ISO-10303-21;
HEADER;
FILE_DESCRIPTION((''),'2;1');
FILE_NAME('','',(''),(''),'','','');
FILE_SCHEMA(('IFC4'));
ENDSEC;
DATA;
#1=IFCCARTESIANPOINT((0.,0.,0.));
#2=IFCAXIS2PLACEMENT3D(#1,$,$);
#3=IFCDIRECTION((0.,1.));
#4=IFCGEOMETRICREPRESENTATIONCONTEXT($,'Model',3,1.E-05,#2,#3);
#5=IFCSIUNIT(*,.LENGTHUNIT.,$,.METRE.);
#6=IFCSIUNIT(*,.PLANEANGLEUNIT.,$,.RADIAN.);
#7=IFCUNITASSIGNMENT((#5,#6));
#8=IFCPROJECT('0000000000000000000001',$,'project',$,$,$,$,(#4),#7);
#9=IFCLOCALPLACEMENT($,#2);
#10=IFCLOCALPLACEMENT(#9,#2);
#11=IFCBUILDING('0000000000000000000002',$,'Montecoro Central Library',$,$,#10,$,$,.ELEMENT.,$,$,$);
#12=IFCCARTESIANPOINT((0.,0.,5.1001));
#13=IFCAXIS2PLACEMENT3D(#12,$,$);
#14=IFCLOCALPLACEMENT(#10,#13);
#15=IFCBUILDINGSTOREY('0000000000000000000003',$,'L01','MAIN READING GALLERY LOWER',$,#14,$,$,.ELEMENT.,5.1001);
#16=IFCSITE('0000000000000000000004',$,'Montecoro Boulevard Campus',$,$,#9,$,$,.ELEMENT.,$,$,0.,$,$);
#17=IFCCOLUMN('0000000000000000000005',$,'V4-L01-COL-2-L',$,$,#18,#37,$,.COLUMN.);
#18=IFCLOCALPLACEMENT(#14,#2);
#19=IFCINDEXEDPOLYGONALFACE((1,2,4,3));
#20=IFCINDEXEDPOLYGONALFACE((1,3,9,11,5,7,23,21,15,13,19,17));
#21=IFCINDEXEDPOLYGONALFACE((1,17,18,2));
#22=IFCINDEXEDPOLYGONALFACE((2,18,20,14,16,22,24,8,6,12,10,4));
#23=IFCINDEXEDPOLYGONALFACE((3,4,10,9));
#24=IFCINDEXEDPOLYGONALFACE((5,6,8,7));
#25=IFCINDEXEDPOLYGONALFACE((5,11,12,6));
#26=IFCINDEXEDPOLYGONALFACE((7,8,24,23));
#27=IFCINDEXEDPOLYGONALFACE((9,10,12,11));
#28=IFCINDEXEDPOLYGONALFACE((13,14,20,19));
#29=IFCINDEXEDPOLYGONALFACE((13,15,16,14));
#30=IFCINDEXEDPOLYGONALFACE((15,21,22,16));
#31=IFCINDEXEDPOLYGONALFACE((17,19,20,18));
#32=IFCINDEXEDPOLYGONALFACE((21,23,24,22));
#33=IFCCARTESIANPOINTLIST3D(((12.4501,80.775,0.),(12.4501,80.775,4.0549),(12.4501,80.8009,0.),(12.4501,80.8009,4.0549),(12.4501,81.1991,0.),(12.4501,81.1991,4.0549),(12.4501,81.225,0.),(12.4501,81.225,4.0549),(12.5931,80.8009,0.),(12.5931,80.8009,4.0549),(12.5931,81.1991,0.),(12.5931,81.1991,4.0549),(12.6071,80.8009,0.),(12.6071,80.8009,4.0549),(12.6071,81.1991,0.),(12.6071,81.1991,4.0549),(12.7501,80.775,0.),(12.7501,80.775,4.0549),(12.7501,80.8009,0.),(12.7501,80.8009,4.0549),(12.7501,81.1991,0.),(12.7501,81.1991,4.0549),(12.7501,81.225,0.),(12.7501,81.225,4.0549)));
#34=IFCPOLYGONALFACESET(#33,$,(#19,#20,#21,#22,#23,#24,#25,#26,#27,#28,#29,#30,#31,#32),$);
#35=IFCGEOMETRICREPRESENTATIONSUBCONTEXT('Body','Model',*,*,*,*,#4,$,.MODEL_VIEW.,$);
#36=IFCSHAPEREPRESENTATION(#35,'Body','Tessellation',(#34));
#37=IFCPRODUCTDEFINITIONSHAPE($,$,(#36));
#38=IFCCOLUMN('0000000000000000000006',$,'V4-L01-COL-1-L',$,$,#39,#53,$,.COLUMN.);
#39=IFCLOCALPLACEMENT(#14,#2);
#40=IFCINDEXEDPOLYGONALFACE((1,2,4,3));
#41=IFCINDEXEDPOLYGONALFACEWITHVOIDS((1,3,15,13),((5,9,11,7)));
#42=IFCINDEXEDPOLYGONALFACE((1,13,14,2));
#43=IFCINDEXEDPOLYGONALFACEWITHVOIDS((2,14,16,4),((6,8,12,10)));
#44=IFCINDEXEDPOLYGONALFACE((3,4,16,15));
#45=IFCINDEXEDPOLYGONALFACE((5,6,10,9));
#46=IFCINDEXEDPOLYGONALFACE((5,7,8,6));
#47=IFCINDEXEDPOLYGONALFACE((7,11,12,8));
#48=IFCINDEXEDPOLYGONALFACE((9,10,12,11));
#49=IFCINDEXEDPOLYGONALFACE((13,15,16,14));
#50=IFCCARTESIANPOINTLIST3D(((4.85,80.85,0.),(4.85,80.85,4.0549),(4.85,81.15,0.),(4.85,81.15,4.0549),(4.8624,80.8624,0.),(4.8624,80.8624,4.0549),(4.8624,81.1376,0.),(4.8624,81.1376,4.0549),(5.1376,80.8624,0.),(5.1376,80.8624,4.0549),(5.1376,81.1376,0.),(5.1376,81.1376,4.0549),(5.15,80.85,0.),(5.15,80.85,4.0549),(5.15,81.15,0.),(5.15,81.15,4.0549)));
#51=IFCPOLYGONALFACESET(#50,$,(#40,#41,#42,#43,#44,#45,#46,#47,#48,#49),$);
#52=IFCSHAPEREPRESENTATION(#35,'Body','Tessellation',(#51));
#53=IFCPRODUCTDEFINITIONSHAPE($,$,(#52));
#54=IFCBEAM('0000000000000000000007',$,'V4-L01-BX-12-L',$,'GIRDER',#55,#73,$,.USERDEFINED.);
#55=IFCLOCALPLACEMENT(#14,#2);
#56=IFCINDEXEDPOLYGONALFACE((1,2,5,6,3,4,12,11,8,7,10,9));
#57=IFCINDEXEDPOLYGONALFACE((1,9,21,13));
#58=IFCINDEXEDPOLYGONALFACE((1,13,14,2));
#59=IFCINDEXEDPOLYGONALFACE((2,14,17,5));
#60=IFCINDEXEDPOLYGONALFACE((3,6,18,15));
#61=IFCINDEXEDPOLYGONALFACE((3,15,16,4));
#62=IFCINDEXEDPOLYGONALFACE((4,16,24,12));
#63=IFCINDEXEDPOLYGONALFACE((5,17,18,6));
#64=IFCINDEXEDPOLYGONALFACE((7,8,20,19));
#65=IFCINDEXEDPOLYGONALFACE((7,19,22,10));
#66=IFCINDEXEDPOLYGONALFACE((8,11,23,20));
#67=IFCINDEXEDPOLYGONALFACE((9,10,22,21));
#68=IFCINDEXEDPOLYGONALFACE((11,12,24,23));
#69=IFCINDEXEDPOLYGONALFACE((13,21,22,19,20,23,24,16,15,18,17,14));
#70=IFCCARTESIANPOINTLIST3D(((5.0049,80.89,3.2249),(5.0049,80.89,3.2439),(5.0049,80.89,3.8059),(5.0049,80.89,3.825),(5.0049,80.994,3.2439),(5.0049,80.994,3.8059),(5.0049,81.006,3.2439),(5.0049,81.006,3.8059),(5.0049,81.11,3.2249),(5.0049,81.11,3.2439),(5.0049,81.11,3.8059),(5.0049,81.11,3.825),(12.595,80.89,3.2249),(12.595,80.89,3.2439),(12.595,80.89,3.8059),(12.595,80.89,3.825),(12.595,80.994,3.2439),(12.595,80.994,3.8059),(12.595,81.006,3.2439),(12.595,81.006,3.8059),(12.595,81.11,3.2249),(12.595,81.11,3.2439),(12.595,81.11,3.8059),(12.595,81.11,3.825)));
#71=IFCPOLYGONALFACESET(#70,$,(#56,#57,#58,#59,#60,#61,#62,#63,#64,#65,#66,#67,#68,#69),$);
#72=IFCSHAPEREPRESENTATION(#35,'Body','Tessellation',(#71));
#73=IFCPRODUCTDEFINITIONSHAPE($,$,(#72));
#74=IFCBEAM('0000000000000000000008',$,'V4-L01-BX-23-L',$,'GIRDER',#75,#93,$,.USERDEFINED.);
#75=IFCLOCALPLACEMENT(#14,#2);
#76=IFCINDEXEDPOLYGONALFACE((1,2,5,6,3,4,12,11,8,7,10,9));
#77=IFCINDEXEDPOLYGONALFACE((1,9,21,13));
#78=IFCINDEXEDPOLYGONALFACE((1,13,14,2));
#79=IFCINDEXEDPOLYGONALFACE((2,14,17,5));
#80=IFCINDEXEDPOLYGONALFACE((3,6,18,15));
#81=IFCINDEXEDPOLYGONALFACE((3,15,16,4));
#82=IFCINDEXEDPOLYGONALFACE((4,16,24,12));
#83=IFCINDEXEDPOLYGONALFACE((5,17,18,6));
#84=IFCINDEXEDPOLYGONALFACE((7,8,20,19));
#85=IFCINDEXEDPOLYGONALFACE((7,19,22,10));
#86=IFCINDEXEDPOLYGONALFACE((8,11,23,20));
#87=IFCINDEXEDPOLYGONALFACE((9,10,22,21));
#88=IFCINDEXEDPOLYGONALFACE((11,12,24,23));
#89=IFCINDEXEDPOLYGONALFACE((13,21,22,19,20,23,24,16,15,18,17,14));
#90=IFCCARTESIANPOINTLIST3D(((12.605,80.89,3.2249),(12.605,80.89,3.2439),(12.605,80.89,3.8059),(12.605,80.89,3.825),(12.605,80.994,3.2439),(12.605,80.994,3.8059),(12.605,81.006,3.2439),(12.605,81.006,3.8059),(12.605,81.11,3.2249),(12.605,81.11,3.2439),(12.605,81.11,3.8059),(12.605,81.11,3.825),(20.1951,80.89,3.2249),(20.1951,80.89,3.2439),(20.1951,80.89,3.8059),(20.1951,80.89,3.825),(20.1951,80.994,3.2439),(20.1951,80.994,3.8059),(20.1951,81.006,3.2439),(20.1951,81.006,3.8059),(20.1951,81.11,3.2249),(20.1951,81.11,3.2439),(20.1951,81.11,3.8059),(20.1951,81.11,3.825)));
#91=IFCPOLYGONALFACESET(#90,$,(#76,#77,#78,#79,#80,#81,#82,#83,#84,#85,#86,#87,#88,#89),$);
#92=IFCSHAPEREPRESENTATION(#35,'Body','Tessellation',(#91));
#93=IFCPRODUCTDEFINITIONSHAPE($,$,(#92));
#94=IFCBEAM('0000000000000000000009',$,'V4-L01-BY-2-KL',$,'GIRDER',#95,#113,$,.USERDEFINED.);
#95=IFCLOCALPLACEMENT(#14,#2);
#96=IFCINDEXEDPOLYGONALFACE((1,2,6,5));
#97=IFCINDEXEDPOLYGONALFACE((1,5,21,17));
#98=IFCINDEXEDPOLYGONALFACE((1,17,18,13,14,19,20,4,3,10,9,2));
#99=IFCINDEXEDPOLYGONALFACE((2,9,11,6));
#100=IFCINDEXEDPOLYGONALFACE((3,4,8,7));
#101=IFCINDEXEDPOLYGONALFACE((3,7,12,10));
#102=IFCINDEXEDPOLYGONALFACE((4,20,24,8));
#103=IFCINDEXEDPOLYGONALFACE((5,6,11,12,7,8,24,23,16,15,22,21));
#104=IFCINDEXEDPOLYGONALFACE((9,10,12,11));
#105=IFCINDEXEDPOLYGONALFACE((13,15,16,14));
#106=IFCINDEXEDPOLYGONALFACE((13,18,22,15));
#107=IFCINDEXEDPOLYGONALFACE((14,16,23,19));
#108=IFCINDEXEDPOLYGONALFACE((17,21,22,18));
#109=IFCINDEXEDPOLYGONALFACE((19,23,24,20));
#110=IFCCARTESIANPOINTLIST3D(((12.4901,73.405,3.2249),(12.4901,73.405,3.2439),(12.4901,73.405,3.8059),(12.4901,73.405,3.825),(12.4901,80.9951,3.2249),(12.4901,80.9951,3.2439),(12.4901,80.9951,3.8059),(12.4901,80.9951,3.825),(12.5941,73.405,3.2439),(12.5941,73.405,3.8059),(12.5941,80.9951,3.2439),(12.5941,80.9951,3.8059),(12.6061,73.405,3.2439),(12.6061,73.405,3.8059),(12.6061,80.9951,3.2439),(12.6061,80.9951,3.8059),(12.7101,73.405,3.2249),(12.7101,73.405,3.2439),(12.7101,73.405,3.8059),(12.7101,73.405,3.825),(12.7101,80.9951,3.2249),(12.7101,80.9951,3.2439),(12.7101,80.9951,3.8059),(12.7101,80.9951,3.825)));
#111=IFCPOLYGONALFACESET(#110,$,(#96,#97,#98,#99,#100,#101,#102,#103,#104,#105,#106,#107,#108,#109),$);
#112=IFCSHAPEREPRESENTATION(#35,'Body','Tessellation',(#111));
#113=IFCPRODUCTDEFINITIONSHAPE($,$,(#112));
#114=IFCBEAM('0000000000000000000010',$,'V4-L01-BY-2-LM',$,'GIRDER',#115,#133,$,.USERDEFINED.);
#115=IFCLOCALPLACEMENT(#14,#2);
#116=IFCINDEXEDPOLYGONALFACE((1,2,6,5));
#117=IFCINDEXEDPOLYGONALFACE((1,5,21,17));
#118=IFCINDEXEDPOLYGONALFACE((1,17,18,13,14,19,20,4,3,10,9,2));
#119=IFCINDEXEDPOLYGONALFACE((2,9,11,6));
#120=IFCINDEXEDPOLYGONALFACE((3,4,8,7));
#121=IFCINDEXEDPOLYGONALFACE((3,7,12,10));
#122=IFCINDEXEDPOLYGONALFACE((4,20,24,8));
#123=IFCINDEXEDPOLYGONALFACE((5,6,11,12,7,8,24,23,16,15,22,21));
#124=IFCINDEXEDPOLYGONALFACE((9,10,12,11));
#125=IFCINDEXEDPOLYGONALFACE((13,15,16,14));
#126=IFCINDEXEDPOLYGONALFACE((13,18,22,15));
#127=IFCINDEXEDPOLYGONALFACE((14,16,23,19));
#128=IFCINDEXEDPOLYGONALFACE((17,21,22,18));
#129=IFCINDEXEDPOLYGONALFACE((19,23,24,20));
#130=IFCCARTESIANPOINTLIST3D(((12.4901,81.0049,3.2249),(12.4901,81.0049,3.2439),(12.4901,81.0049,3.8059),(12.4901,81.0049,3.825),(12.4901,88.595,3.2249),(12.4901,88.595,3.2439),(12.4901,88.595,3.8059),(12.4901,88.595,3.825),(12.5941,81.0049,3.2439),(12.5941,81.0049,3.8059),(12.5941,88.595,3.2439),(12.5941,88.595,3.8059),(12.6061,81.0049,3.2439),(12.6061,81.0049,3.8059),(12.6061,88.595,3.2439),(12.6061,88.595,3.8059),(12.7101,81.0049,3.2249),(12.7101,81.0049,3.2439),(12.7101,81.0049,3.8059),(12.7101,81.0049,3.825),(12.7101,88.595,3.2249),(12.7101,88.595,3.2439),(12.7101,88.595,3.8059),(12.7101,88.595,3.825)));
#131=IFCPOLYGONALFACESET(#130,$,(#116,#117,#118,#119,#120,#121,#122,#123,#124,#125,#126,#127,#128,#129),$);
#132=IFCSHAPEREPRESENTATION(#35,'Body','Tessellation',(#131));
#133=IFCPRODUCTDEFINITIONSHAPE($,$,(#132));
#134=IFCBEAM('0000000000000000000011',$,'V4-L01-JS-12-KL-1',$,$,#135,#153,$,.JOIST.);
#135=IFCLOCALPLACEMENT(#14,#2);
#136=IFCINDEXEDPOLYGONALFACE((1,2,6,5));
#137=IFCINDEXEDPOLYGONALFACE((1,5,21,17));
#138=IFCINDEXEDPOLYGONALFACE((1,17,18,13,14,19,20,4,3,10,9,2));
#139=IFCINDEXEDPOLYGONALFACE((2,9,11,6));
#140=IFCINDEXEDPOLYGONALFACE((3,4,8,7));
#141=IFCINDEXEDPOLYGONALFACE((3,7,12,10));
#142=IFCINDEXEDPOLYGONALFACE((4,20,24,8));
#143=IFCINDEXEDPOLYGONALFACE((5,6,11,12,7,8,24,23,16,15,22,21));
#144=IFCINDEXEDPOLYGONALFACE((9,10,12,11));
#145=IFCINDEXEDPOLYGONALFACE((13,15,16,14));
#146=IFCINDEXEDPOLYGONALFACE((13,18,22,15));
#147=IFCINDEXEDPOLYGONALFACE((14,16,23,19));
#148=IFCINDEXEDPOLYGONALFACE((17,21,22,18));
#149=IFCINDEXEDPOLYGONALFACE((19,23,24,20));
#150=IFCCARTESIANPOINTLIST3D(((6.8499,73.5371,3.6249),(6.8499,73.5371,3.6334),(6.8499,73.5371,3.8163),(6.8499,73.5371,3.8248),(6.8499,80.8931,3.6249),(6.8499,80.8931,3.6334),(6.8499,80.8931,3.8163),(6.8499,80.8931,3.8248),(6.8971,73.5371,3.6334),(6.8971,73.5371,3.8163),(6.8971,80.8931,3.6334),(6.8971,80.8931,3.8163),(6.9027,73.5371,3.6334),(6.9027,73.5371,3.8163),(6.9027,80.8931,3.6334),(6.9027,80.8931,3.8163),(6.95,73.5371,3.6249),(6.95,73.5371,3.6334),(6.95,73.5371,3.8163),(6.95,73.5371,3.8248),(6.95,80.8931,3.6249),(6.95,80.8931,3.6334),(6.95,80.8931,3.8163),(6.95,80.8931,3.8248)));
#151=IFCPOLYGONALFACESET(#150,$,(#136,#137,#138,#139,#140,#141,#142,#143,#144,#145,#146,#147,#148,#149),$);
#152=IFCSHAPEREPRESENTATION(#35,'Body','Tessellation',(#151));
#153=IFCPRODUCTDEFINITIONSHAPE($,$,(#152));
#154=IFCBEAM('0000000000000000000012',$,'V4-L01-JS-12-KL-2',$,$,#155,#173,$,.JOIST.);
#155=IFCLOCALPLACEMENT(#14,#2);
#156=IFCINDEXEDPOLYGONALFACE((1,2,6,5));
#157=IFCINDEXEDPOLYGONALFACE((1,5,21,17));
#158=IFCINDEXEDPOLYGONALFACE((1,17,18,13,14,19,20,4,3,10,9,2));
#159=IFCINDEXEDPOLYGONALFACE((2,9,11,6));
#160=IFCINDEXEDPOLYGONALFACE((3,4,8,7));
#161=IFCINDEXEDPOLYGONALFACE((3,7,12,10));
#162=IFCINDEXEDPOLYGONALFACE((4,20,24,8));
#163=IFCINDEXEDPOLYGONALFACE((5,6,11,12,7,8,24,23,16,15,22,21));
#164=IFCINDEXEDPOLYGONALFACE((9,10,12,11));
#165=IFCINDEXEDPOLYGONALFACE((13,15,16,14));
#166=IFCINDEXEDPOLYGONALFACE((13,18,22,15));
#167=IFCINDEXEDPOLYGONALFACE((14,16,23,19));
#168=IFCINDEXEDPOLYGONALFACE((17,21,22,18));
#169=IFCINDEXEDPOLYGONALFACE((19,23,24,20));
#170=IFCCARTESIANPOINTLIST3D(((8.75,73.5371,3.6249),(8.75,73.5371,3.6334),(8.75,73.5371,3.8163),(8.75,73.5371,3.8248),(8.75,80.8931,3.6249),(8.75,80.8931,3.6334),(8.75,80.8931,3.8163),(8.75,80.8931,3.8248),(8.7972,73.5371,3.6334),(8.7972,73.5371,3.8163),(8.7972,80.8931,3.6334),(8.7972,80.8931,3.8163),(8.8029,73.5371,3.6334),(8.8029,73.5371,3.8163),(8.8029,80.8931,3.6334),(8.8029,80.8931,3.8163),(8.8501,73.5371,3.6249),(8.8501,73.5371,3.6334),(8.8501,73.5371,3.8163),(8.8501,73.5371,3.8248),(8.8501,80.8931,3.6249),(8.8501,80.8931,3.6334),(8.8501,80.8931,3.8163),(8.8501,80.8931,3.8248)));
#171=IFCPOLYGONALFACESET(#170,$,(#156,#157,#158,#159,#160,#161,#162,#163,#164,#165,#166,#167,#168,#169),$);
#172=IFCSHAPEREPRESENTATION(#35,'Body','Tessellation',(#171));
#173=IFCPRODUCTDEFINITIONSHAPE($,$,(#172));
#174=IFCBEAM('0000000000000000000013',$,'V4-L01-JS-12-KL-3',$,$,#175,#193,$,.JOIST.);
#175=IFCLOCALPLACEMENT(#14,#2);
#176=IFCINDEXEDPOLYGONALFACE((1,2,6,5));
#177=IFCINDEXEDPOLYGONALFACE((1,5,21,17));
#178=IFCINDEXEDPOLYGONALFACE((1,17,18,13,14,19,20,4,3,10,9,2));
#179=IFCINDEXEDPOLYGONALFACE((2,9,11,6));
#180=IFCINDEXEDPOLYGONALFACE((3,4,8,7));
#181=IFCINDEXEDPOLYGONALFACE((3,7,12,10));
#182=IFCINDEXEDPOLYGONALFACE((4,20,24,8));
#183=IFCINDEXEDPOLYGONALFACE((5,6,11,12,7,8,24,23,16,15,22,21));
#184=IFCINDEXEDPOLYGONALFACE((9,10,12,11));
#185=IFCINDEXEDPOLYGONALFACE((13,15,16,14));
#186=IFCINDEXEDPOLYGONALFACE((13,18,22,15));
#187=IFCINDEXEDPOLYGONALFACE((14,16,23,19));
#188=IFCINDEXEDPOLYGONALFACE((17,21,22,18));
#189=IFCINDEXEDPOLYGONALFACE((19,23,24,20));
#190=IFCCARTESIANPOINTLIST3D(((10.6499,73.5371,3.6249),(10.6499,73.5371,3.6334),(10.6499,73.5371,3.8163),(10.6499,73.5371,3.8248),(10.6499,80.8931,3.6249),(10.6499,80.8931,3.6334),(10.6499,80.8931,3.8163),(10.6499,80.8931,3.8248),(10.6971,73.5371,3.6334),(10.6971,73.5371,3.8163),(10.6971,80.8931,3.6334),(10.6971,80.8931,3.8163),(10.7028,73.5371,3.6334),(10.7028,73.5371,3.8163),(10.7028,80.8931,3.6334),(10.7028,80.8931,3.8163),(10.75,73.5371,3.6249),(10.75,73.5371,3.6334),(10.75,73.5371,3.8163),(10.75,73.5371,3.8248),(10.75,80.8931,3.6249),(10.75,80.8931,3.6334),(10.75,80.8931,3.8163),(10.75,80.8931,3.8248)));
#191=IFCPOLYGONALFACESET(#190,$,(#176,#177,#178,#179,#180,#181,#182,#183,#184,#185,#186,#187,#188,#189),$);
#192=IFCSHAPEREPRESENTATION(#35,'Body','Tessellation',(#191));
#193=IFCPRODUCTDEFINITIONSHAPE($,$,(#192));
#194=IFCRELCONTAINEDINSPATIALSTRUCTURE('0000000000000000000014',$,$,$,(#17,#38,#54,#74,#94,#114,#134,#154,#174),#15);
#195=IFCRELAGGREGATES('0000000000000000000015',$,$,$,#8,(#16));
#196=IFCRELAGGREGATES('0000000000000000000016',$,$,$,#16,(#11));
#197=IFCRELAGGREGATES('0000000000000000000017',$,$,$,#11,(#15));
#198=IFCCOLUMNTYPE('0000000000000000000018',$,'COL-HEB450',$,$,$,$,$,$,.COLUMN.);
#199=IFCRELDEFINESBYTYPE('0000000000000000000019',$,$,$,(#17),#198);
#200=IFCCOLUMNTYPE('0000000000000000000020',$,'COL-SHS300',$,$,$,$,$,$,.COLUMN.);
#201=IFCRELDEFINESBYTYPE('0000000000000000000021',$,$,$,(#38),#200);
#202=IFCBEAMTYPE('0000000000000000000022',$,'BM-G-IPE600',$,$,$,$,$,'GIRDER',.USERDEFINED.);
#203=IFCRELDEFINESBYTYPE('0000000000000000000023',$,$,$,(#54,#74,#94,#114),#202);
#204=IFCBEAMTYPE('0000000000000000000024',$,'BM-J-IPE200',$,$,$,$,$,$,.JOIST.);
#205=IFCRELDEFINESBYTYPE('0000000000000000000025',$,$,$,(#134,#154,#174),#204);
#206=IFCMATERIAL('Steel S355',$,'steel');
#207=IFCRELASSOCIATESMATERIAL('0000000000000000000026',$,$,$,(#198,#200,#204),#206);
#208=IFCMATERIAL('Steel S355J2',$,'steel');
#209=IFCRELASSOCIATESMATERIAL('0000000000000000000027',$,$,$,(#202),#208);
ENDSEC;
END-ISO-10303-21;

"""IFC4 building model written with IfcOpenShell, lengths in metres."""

from ifc_helpers import new_model, si_unit, direction, frame, origin, origin_2d, place, context, subcontext, project, spatial, hollow_rectangle, i_section, extrude, material, material_profile, profile_set, type_object, element, save


model = new_model("IFC4")

# Units and contexts
model_context = context("Model", 3, precision=1e-05, world=origin(), true_north=direction((0.0, 1.0)))
body_context = subcontext(model_context, "Body", "Model", "MODEL_VIEW")
ifc_project = project(units=[si_unit("LENGTHUNIT", "METRE"), si_unit("PLANEANGLEUNIT", "RADIAN")], contexts=[model_context])

# Site, building, storey
site_placement = place(None, origin())
site = spatial("IfcSite", under=ifc_project, at=site_placement, Name="Montecoro Boulevard Campus", CompositionType="ELEMENT", RefElevation=0.0)
building_placement = place(site_placement, origin())
building = spatial("IfcBuilding", under=site, at=building_placement, Name="Montecoro Central Library", CompositionType="ELEMENT")
storey_placement = place(building_placement, frame((0.0, 0.0, 5.1001)))
storey = spatial("IfcBuildingStorey", under=building, at=storey_placement, Name="L01", Description="MAIN READING GALLERY LOWER", CompositionType="ELEMENT", Elevation=5.1001)

# Columns
ifc_material_1 = material(Name="Steel S355", Category="steel")
ifc_material_profile_1 = material_profile(ifc_material_1, i_section(OverallWidth=0.3, OverallDepth=0.45, WebThickness=0.0139, FlangeThickness=0.0259, at=origin_2d()), Name="HEB 450")
ifc_profile_set_1 = profile_set([ifc_material_profile_1], Name="Steel S355")
column_type_1 = type_object("IfcColumnType", Name="COL-HEB450", PredefinedType="COLUMN", material=ifc_profile_set_1)
column_1_placement = place(storey_placement, frame((12.6001, 81.0, 0.0), z_axis=(0.0, 0.0, 1.0), x_axis=(1.0, 0.0, 0.0)))
element("IfcColumn", 1, at=column_1_placement, inside=storey, type_object=column_type_1, Name="V4-L01-COL-2-L", PredefinedType="COLUMN", context=body_context, shape_type="SweptSolid", body=[
    extrude(i_section(OverallWidth=0.3, OverallDepth=0.45, WebThickness=0.0139, FlangeThickness=0.0259, at=origin_2d()), origin(), (0.0, 0.0, 1.0), 4.0549),
])
ifc_material_profile_2 = material_profile(ifc_material_1, hollow_rectangle(XDim=0.3, YDim=0.3, WallThickness=0.0125, at=origin_2d()), Name="SHS 300x300x12.5")
ifc_profile_set_2 = profile_set([ifc_material_profile_2], Name="Steel S355")
column_type_2 = type_object("IfcColumnType", Name="COL-SHS300", PredefinedType="COLUMN", material=ifc_profile_set_2)
column_2_placement = place(storey_placement, frame((5.0, 81.0, 0.0), z_axis=(0.0, 0.0, 1.0), x_axis=(1.0, 0.0, 0.0)))
element("IfcColumn", 2, at=column_2_placement, inside=storey, type_object=column_type_2, Name="V4-L01-COL-1-L", PredefinedType="COLUMN", context=body_context, shape_type="SweptSolid", body=[
    extrude(hollow_rectangle(XDim=0.3, YDim=0.3, WallThickness=0.0125, at=origin_2d()), origin(), (0.0, 0.0, 1.0), 4.0549),
])

# Beams
ifc_material_2 = material(Name="Steel S355J2", Category="steel")
ifc_material_profile_3 = material_profile(ifc_material_2, i_section(OverallWidth=0.22, OverallDepth=0.6001, WebThickness=0.012, FlangeThickness=0.019, at=origin_2d()), Name="IPE 600")
ifc_profile_set_3 = profile_set([ifc_material_profile_3], Name="Steel S355J2")
beam_type_1 = type_object("IfcBeamType", Name="BM-G-IPE600", ElementType="GIRDER", PredefinedType="USERDEFINED", material=ifc_profile_set_3)
for number, where, z_axis, x_axis, name in (
    (3, (5.0049, 81.0, 3.5249), (1.0, 0.0, 0.0), (0.0, 1.0, 0.0), "V4-L01-BX-12-L"),
    (4, (12.605, 81.0, 3.5249), (1.0, 0.0, 0.0), (0.0, 1.0, 0.0), "V4-L01-BX-23-L"),
    (5, (12.6001, 73.405, 3.5249), (0.0, 1.0, 0.0), (-1.0, 0.0, 0.0), "V4-L01-BY-2-KL"),
    (6, (12.6001, 81.0049, 3.5249), (0.0, 1.0, 0.0), (-1.0, 0.0, 0.0), "V4-L01-BY-2-LM"),
):
    element("IfcBeam", number, at=place(storey_placement, frame(where, z_axis=z_axis, x_axis=x_axis)), inside=storey, type_object=beam_type_1, Name=name, ObjectType="GIRDER", PredefinedType="USERDEFINED", context=body_context, shape_type="SweptSolid", body=[
        extrude(i_section(OverallWidth=0.22, OverallDepth=0.6001, WebThickness=0.012, FlangeThickness=0.019, at=origin_2d()), origin(), (0.0, 0.0, 1.0), 7.5901),
    ])
ifc_material_profile_4 = material_profile(ifc_material_1, i_section(OverallWidth=0.1001, OverallDepth=0.2, WebThickness=0.0056, FlangeThickness=0.0085, at=origin_2d()), Name="IPE 200")
ifc_profile_set_4 = profile_set([ifc_material_profile_4], Name="Steel S355")
beam_type_2 = type_object("IfcBeamType", Name="BM-J-IPE200", PredefinedType="JOIST", material=ifc_profile_set_4)
for number, where, z_axis, x_axis, name in (
    (7, (6.8999, 73.5371, 3.7249), (0.0, 1.0, 0.0), (-1.0, 0.0, 0.0), "V4-L01-JS-12-KL-1"),
    (8, (8.8, 73.5371, 3.7249), (0.0, 1.0, 0.0), (-1.0, 0.0, 0.0), "V4-L01-JS-12-KL-2"),
    (9, (10.7, 73.5371, 3.7249), (0.0, 1.0, 0.0), (-1.0, 0.0, 0.0), "V4-L01-JS-12-KL-3"),
):
    element("IfcBeam", number, at=place(storey_placement, frame(where, z_axis=z_axis, x_axis=x_axis)), inside=storey, type_object=beam_type_2, Name=name, PredefinedType="JOIST", context=body_context, shape_type="SweptSolid", body=[
        extrude(i_section(OverallWidth=0.1001, OverallDepth=0.2, WebThickness=0.0056, FlangeThickness=0.0085, at=origin_2d()), origin(), (0.0, 0.0, 1.0), 7.356),
    ])

save(model, "model.ifc")
